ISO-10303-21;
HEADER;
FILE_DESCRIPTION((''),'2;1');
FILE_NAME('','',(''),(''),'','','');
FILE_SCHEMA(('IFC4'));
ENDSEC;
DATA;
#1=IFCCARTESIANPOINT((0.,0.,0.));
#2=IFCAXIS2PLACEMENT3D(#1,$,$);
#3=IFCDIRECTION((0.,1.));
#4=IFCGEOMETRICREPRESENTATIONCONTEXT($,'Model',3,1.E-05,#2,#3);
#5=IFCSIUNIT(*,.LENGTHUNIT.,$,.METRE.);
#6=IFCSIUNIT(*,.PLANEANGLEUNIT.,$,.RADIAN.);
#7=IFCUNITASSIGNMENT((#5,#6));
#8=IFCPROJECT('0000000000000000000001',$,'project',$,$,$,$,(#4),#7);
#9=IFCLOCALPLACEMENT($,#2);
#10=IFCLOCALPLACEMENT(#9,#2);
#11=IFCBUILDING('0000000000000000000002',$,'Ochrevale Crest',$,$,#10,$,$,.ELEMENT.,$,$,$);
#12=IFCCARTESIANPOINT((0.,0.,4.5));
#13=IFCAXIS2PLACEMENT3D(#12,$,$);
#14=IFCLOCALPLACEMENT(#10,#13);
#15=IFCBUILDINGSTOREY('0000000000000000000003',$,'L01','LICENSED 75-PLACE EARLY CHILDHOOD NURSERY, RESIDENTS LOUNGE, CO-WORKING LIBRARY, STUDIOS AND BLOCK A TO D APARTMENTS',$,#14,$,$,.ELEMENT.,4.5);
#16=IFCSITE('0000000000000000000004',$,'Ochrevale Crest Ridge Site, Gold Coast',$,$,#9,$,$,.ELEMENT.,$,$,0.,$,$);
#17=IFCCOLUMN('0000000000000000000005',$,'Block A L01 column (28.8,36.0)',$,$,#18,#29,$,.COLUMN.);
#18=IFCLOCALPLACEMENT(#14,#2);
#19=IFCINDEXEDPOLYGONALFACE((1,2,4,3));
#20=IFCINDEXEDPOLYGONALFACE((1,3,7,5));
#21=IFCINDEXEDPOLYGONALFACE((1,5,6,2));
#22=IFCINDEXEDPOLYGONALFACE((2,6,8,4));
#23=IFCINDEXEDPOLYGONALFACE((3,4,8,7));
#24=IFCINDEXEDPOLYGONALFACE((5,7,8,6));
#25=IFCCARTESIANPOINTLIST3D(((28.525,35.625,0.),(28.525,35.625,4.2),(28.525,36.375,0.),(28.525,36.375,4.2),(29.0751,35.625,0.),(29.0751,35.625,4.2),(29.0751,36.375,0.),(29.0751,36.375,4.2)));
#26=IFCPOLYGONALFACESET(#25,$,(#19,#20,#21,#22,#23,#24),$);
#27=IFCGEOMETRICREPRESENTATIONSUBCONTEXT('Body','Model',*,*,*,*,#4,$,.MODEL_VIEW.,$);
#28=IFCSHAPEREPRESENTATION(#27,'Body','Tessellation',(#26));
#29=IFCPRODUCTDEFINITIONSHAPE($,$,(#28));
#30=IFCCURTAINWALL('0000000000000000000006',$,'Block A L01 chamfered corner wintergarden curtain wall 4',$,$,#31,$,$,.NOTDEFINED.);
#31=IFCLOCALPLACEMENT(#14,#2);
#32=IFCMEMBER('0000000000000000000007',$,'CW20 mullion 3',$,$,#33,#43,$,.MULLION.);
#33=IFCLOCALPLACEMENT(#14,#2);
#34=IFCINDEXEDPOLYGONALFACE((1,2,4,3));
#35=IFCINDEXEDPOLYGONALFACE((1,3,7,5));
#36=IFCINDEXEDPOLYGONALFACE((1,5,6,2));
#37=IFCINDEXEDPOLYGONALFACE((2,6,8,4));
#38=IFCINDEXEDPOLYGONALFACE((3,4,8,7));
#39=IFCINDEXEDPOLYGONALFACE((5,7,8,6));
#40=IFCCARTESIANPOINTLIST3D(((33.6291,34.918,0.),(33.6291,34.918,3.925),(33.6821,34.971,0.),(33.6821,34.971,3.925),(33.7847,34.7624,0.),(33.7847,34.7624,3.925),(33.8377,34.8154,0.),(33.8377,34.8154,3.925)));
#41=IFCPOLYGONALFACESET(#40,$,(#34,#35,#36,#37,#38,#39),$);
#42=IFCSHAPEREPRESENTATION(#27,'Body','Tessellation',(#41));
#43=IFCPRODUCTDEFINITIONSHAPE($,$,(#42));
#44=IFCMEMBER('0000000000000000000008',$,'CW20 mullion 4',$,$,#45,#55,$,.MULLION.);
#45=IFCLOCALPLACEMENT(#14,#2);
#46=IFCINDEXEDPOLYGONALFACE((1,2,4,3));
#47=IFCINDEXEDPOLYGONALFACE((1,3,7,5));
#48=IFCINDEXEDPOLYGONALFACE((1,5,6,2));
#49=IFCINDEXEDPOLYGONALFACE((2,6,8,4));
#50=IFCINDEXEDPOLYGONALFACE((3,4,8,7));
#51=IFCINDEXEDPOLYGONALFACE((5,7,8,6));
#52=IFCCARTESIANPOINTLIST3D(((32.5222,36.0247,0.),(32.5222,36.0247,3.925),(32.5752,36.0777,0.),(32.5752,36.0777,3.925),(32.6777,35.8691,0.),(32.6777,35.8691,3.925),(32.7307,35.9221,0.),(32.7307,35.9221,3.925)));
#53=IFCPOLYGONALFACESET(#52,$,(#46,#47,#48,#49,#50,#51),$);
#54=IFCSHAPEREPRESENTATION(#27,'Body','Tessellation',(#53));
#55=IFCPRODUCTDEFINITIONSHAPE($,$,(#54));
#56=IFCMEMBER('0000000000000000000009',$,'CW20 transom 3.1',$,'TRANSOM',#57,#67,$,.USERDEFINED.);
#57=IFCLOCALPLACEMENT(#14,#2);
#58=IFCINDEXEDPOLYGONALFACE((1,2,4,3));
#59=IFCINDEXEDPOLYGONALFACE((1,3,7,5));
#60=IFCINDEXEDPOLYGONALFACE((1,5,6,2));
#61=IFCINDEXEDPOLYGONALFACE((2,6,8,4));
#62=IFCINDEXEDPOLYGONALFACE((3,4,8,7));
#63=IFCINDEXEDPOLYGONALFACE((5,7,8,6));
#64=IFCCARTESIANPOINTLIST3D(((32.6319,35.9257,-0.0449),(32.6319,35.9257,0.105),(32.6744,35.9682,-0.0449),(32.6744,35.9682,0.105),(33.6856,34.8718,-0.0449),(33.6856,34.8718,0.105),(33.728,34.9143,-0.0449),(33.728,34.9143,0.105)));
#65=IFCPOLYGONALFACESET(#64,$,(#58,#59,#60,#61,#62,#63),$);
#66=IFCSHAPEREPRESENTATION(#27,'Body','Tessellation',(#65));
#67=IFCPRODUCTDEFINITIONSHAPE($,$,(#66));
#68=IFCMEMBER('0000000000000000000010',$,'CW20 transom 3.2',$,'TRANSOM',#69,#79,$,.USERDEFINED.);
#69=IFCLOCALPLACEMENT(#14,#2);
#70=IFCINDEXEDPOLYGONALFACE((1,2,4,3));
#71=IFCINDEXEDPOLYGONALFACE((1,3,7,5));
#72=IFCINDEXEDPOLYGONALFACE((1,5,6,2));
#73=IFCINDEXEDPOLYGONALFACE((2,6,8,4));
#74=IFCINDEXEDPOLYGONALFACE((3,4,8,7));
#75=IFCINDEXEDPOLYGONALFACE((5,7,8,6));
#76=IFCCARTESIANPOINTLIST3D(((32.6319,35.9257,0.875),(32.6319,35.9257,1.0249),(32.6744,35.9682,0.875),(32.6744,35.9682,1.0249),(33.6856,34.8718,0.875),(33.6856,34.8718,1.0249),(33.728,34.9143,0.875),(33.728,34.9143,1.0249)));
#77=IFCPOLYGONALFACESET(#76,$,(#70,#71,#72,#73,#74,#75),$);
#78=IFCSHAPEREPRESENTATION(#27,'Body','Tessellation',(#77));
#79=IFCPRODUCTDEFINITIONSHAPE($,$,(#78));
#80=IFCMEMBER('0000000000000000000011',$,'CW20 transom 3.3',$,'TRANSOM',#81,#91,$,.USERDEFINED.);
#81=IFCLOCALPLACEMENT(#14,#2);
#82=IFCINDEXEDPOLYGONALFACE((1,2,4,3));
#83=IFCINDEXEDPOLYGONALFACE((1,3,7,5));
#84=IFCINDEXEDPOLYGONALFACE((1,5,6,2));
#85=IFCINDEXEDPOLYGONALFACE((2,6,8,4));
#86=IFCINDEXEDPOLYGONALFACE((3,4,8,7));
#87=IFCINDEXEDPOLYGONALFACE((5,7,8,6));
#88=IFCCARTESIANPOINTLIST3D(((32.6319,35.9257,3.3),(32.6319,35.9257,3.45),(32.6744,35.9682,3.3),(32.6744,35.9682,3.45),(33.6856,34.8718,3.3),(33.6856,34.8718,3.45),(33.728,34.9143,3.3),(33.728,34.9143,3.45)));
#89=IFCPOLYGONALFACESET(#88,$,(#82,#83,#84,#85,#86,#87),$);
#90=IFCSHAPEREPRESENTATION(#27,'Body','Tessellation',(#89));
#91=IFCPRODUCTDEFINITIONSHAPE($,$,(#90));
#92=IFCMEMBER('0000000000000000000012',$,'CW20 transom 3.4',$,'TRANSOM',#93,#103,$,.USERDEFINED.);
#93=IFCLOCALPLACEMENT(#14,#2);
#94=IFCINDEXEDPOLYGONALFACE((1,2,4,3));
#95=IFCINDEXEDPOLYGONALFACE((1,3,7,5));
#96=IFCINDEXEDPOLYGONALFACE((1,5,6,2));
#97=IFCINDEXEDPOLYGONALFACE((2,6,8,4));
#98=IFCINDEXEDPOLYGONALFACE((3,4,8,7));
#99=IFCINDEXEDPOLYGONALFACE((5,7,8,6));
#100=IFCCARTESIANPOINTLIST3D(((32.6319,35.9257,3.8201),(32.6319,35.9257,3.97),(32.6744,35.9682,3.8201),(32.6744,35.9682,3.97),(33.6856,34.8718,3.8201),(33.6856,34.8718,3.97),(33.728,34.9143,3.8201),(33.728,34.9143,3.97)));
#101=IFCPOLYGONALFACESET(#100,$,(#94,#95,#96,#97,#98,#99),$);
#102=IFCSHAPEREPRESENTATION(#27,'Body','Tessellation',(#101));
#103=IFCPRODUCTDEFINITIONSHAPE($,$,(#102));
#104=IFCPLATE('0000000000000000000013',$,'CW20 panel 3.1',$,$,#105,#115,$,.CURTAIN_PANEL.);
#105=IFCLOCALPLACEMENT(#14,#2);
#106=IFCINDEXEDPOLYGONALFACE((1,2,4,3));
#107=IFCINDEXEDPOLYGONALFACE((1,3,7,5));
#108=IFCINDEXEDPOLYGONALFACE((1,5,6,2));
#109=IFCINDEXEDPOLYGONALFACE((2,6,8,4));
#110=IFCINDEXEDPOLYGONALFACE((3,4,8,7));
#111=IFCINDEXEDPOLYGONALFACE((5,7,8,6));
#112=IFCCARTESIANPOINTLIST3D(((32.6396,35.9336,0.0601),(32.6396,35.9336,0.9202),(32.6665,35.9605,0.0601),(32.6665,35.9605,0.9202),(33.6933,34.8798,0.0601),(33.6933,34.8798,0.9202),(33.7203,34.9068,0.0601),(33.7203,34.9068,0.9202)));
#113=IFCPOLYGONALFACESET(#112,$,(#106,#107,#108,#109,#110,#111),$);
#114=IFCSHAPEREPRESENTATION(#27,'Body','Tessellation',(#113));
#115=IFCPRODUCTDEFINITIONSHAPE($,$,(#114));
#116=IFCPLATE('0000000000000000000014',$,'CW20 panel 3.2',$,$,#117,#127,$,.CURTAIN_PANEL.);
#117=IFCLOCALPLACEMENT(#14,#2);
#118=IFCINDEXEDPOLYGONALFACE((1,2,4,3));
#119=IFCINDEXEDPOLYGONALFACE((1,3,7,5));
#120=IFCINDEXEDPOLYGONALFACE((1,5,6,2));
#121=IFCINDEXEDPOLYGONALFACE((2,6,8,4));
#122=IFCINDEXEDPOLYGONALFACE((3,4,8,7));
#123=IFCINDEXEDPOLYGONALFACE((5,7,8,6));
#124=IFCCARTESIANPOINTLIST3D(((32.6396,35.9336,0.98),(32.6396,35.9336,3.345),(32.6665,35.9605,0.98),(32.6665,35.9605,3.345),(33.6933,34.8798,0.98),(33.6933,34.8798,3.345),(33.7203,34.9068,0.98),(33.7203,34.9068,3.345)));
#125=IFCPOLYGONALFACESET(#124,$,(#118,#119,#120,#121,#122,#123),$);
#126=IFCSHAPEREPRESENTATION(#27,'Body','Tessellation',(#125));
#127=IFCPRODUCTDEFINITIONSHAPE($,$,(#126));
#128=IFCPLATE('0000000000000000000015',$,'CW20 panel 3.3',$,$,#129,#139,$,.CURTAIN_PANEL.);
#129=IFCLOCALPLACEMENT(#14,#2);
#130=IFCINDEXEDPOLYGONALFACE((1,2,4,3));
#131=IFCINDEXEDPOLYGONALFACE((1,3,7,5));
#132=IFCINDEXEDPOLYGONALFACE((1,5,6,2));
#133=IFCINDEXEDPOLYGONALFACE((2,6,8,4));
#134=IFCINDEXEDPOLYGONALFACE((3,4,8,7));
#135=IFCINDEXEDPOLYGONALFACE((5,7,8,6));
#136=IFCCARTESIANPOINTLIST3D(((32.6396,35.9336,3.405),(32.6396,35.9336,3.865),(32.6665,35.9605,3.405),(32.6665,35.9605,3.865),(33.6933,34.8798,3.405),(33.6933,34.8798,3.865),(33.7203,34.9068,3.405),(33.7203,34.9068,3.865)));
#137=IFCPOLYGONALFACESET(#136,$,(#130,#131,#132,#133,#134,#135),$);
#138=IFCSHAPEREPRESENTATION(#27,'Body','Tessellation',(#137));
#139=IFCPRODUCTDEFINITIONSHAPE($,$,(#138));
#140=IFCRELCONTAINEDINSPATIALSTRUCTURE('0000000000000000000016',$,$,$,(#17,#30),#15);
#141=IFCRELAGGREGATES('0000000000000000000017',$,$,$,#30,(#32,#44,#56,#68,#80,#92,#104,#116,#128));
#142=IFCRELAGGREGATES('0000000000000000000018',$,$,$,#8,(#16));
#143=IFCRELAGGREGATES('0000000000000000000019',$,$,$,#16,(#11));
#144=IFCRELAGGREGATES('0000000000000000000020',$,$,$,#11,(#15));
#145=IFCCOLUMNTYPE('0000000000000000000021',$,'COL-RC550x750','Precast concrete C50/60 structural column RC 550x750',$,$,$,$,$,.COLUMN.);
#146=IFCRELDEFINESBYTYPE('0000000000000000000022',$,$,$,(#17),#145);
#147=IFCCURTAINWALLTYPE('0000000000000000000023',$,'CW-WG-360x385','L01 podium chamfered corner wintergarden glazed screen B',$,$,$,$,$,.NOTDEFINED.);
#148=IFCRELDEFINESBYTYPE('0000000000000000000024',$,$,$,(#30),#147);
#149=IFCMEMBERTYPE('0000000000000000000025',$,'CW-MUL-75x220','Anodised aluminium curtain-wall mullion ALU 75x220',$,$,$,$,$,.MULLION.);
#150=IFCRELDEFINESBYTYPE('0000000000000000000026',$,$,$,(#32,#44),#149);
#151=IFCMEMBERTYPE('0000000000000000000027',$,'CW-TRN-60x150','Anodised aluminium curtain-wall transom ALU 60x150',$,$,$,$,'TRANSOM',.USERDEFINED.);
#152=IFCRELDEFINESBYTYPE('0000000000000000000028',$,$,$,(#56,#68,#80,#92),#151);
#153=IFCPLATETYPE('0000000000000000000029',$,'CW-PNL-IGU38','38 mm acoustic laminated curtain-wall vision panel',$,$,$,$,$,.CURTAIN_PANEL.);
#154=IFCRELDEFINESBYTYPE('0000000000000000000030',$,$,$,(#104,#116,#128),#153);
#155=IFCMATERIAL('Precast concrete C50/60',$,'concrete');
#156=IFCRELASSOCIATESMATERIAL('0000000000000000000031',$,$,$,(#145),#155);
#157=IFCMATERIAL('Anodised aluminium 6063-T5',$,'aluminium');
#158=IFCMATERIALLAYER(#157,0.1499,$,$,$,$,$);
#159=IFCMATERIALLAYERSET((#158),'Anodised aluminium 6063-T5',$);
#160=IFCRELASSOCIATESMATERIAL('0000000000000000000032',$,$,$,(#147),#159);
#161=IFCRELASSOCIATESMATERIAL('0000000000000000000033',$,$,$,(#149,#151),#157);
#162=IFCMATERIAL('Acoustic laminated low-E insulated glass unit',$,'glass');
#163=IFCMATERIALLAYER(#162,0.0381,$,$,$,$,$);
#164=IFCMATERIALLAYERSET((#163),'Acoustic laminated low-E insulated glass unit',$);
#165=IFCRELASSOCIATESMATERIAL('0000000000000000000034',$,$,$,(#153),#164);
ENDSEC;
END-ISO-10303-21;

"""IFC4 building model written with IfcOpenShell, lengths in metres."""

from ifc_helpers import new_model, si_unit, direction, frame, origin, origin_2d, place, context, subcontext, project, spatial, rectangle, extrude, material, layer, layer_set, material_profile, profile_set, type_object, element, aggregate, save


model = new_model("IFC4")

# Units and contexts
model_context = context("Model", 3, precision=1e-05, world=origin(), true_north=direction((0.0, 1.0)))
body_context = subcontext(model_context, "Body", "Model", "MODEL_VIEW")
ifc_project = project(units=[si_unit("LENGTHUNIT", "METRE"), si_unit("PLANEANGLEUNIT", "RADIAN")], contexts=[model_context])

# Site, building, storey
site_placement = place(None, origin())
site = spatial("IfcSite", under=ifc_project, at=site_placement, Name="Ochrevale Crest Ridge Site, Gold Coast", CompositionType="ELEMENT", RefElevation=0.0)
building_placement = place(site_placement, origin())
building = spatial("IfcBuilding", under=site, at=building_placement, Name="Ochrevale Crest", CompositionType="ELEMENT")
storey_placement = place(building_placement, frame((0.0, 0.0, 4.5)))
storey = spatial("IfcBuildingStorey", under=building, at=storey_placement, Name="L01", Description="LICENSED 75-PLACE EARLY CHILDHOOD NURSERY, RESIDENTS LOUNGE, CO-WORKING LIBRARY, STUDIOS AND BLOCK A TO D APARTMENTS", CompositionType="ELEMENT", Elevation=4.5)

# Column
ifc_material_1 = material(Name="Precast concrete C50/60", Category="concrete")
ifc_material_profile_1 = material_profile(ifc_material_1, rectangle(XDim=0.55, YDim=0.75, at=origin_2d()), Name="RC 550x750")
ifc_profile_set_1 = profile_set([ifc_material_profile_1], Name="Precast concrete C50/60")
column_type = type_object("IfcColumnType", Name="COL-RC550x750", Description="Precast concrete C50/60 structural column RC 550x750", PredefinedType="COLUMN", material=ifc_profile_set_1)
column_placement = place(storey_placement, frame((28.8, 36.0, 0.0), z_axis=(0.0, 0.0, 1.0), x_axis=(1.0, 0.0, 0.0)))
element("IfcColumn", 1, at=column_placement, inside=storey, type_object=column_type, Name="Block A L01 column (28.8,36.0)", PredefinedType="COLUMN", context=body_context, shape_type="SweptSolid", body=[
    extrude(rectangle(XDim=0.55, YDim=0.75, at=origin_2d()), origin(), (0.0, 0.0, 1.0), 4.2),
])

# Curtain wall, members, plates
ifc_material_2 = material(Name="Anodised aluminium 6063-T5", Category="aluminium")
ifc_layer_1 = layer(ifc_material_2, 0.1499)
ifc_layer_set_1 = layer_set([ifc_layer_1], Name="Anodised aluminium 6063-T5")
curtain_wall_type = type_object("IfcCurtainWallType", Name="CW-WG-360x385", Description="L01 podium chamfered corner wintergarden glazed screen B", PredefinedType="NOTDEFINED", material=ifc_layer_set_1)
curtain_wall_placement = place(storey_placement, origin())
curtain_wall = element("IfcCurtainWall", 2, at=curtain_wall_placement, inside=storey, type_object=curtain_wall_type, Name="Block A L01 chamfered corner wintergarden curtain wall 4", PredefinedType="NOTDEFINED")
ifc_material_profile_2 = material_profile(ifc_material_2, rectangle(XDim=0.075, YDim=0.22, at=origin_2d()), Name="ALU 75x220")
ifc_profile_set_2 = profile_set([ifc_material_profile_2], Name="Anodised aluminium 6063-T5")
member_type_1 = type_object("IfcMemberType", Name="CW-MUL-75x220", Description="Anodised aluminium curtain-wall mullion ALU 75x220", PredefinedType="MULLION", material=ifc_profile_set_2)
member_1_placement = place(storey_placement, frame((33.7334, 34.8667, 0.0), z_axis=(0.0, 0.0, 1.0), x_axis=(-0.707107, -0.707107, 0.0)))
member_1 = element("IfcMember", 3, at=member_1_placement, type_object=member_type_1, Name="CW20 mullion 3", PredefinedType="MULLION", context=body_context, shape_type="SweptSolid", body=[
    extrude(rectangle(XDim=0.075, YDim=0.22, at=origin_2d()), origin(), (0.0, 0.0, 1.0), 3.925),
])
member_2_placement = place(storey_placement, frame((32.6265, 35.9734, 0.0), z_axis=(0.0, 0.0, 1.0), x_axis=(-0.707107, -0.707107, 0.0)))
member_2 = element("IfcMember", 4, at=member_2_placement, type_object=member_type_1, Name="CW20 mullion 4", PredefinedType="MULLION", context=body_context, shape_type="SweptSolid", body=[
    extrude(rectangle(XDim=0.075, YDim=0.22, at=origin_2d()), origin(), (0.0, 0.0, 1.0), 3.925),
])
ifc_material_profile_3 = material_profile(ifc_material_2, rectangle(XDim=0.0601, YDim=0.1499, at=origin_2d()), Name="ALU 60x150")
ifc_profile_set_3 = profile_set([ifc_material_profile_3], Name="Anodised aluminium 6063-T5")
member_type_2 = type_object("IfcMemberType", Name="CW-TRN-60x150", Description="Anodised aluminium curtain-wall transom ALU 60x150", ElementType="TRANSOM", PredefinedType="USERDEFINED", material=ifc_profile_set_3)
member_3_placement = place(storey_placement, frame((33.7068, 34.8931, 0.03), z_axis=(-0.707025, 0.707189, 0.0), x_axis=(-0.707189, -0.707025, 0.0)))
member_3 = element("IfcMember", 5, at=member_3_placement, type_object=member_type_2, Name="CW20 transom 3.1", ObjectType="TRANSOM", PredefinedType="USERDEFINED", context=body_context, shape_type="SweptSolid", body=[
    extrude(rectangle(XDim=0.0601, YDim=0.1499, at=origin_2d()), origin(), (0.0, 0.0, 1.0), 1.4902),
])
member_4_placement = place(storey_placement, frame((33.7068, 34.8931, 0.95), z_axis=(-0.707025, 0.707189, 0.0), x_axis=(-0.707189, -0.707025, 0.0)))
member_4 = element("IfcMember", 6, at=member_4_placement, type_object=member_type_2, Name="CW20 transom 3.2", ObjectType="TRANSOM", PredefinedType="USERDEFINED", context=body_context, shape_type="SweptSolid", body=[
    extrude(rectangle(XDim=0.0601, YDim=0.1499, at=origin_2d()), origin(), (0.0, 0.0, 1.0), 1.4902),
])
member_5_placement = place(storey_placement, frame((33.7068, 34.8931, 3.375), z_axis=(-0.707025, 0.707189, 0.0), x_axis=(-0.707189, -0.707025, 0.0)))
member_5 = element("IfcMember", 7, at=member_5_placement, type_object=member_type_2, Name="CW20 transom 3.3", ObjectType="TRANSOM", PredefinedType="USERDEFINED", context=body_context, shape_type="SweptSolid", body=[
    extrude(rectangle(XDim=0.0601, YDim=0.1499, at=origin_2d()), origin(), (0.0, 0.0, 1.0), 1.4902),
])
member_6_placement = place(storey_placement, frame((33.7068, 34.8931, 3.895), z_axis=(-0.707025, 0.707189, 0.0), x_axis=(-0.707189, -0.707025, 0.0)))
member_6 = element("IfcMember", 8, at=member_6_placement, type_object=member_type_2, Name="CW20 transom 3.4", ObjectType="TRANSOM", PredefinedType="USERDEFINED", context=body_context, shape_type="SweptSolid", body=[
    extrude(rectangle(XDim=0.0601, YDim=0.1499, at=origin_2d()), origin(), (0.0, 0.0, 1.0), 1.4902),
])
ifc_material_3 = material(Name="Acoustic laminated low-E insulated glass unit", Category="glass")
ifc_layer_2 = layer(ifc_material_3, 0.0381)
ifc_layer_set_2 = layer_set([ifc_layer_2], Name="Acoustic laminated low-E insulated glass unit")
plate_type = type_object("IfcPlateType", Name="CW-PNL-IGU38", Description="38 mm acoustic laminated curtain-wall vision panel", PredefinedType="CURTAIN_PANEL", material=ifc_layer_set_2)
plate_1_placement = place(storey_placement, frame((33.1799, 35.4202, 0.0601), z_axis=(0.0, 0.0, 1.0), x_axis=(-0.707107, 0.707107, 0.0)))
plate_1 = element("IfcPlate", 9, at=plate_1_placement, type_object=plate_type, Name="CW20 panel 3.1", PredefinedType="CURTAIN_PANEL", context=body_context, shape_type="SweptSolid", body=[
    extrude(rectangle(XDim=1.4902, YDim=0.0381, at=origin_2d()), origin(), (0.0, 0.0, 1.0), 0.8601),
])
plate_2_placement = place(storey_placement, frame((33.1799, 35.4202, 0.98), z_axis=(0.0, 0.0, 1.0), x_axis=(-0.707107, 0.707107, 0.0)))
plate_2 = element("IfcPlate", 10, at=plate_2_placement, type_object=plate_type, Name="CW20 panel 3.2", PredefinedType="CURTAIN_PANEL", context=body_context, shape_type="SweptSolid", body=[
    extrude(rectangle(XDim=1.4902, YDim=0.0381, at=origin_2d()), origin(), (0.0, 0.0, 1.0), 2.365),
])
plate_3_placement = place(storey_placement, frame((33.1799, 35.4202, 3.405), z_axis=(0.0, 0.0, 1.0), x_axis=(-0.707107, 0.707107, 0.0)))
plate_3 = element("IfcPlate", 11, at=plate_3_placement, type_object=plate_type, Name="CW20 panel 3.3", PredefinedType="CURTAIN_PANEL", context=body_context, shape_type="SweptSolid", body=[
    extrude(rectangle(XDim=1.4902, YDim=0.0381, at=origin_2d()), origin(), (0.0, 0.0, 1.0), 0.46),
])
aggregate(curtain_wall, [member_1, member_2, member_3, member_4, member_5, member_6, plate_1, plate_2, plate_3])

save(model, "model.ifc")
